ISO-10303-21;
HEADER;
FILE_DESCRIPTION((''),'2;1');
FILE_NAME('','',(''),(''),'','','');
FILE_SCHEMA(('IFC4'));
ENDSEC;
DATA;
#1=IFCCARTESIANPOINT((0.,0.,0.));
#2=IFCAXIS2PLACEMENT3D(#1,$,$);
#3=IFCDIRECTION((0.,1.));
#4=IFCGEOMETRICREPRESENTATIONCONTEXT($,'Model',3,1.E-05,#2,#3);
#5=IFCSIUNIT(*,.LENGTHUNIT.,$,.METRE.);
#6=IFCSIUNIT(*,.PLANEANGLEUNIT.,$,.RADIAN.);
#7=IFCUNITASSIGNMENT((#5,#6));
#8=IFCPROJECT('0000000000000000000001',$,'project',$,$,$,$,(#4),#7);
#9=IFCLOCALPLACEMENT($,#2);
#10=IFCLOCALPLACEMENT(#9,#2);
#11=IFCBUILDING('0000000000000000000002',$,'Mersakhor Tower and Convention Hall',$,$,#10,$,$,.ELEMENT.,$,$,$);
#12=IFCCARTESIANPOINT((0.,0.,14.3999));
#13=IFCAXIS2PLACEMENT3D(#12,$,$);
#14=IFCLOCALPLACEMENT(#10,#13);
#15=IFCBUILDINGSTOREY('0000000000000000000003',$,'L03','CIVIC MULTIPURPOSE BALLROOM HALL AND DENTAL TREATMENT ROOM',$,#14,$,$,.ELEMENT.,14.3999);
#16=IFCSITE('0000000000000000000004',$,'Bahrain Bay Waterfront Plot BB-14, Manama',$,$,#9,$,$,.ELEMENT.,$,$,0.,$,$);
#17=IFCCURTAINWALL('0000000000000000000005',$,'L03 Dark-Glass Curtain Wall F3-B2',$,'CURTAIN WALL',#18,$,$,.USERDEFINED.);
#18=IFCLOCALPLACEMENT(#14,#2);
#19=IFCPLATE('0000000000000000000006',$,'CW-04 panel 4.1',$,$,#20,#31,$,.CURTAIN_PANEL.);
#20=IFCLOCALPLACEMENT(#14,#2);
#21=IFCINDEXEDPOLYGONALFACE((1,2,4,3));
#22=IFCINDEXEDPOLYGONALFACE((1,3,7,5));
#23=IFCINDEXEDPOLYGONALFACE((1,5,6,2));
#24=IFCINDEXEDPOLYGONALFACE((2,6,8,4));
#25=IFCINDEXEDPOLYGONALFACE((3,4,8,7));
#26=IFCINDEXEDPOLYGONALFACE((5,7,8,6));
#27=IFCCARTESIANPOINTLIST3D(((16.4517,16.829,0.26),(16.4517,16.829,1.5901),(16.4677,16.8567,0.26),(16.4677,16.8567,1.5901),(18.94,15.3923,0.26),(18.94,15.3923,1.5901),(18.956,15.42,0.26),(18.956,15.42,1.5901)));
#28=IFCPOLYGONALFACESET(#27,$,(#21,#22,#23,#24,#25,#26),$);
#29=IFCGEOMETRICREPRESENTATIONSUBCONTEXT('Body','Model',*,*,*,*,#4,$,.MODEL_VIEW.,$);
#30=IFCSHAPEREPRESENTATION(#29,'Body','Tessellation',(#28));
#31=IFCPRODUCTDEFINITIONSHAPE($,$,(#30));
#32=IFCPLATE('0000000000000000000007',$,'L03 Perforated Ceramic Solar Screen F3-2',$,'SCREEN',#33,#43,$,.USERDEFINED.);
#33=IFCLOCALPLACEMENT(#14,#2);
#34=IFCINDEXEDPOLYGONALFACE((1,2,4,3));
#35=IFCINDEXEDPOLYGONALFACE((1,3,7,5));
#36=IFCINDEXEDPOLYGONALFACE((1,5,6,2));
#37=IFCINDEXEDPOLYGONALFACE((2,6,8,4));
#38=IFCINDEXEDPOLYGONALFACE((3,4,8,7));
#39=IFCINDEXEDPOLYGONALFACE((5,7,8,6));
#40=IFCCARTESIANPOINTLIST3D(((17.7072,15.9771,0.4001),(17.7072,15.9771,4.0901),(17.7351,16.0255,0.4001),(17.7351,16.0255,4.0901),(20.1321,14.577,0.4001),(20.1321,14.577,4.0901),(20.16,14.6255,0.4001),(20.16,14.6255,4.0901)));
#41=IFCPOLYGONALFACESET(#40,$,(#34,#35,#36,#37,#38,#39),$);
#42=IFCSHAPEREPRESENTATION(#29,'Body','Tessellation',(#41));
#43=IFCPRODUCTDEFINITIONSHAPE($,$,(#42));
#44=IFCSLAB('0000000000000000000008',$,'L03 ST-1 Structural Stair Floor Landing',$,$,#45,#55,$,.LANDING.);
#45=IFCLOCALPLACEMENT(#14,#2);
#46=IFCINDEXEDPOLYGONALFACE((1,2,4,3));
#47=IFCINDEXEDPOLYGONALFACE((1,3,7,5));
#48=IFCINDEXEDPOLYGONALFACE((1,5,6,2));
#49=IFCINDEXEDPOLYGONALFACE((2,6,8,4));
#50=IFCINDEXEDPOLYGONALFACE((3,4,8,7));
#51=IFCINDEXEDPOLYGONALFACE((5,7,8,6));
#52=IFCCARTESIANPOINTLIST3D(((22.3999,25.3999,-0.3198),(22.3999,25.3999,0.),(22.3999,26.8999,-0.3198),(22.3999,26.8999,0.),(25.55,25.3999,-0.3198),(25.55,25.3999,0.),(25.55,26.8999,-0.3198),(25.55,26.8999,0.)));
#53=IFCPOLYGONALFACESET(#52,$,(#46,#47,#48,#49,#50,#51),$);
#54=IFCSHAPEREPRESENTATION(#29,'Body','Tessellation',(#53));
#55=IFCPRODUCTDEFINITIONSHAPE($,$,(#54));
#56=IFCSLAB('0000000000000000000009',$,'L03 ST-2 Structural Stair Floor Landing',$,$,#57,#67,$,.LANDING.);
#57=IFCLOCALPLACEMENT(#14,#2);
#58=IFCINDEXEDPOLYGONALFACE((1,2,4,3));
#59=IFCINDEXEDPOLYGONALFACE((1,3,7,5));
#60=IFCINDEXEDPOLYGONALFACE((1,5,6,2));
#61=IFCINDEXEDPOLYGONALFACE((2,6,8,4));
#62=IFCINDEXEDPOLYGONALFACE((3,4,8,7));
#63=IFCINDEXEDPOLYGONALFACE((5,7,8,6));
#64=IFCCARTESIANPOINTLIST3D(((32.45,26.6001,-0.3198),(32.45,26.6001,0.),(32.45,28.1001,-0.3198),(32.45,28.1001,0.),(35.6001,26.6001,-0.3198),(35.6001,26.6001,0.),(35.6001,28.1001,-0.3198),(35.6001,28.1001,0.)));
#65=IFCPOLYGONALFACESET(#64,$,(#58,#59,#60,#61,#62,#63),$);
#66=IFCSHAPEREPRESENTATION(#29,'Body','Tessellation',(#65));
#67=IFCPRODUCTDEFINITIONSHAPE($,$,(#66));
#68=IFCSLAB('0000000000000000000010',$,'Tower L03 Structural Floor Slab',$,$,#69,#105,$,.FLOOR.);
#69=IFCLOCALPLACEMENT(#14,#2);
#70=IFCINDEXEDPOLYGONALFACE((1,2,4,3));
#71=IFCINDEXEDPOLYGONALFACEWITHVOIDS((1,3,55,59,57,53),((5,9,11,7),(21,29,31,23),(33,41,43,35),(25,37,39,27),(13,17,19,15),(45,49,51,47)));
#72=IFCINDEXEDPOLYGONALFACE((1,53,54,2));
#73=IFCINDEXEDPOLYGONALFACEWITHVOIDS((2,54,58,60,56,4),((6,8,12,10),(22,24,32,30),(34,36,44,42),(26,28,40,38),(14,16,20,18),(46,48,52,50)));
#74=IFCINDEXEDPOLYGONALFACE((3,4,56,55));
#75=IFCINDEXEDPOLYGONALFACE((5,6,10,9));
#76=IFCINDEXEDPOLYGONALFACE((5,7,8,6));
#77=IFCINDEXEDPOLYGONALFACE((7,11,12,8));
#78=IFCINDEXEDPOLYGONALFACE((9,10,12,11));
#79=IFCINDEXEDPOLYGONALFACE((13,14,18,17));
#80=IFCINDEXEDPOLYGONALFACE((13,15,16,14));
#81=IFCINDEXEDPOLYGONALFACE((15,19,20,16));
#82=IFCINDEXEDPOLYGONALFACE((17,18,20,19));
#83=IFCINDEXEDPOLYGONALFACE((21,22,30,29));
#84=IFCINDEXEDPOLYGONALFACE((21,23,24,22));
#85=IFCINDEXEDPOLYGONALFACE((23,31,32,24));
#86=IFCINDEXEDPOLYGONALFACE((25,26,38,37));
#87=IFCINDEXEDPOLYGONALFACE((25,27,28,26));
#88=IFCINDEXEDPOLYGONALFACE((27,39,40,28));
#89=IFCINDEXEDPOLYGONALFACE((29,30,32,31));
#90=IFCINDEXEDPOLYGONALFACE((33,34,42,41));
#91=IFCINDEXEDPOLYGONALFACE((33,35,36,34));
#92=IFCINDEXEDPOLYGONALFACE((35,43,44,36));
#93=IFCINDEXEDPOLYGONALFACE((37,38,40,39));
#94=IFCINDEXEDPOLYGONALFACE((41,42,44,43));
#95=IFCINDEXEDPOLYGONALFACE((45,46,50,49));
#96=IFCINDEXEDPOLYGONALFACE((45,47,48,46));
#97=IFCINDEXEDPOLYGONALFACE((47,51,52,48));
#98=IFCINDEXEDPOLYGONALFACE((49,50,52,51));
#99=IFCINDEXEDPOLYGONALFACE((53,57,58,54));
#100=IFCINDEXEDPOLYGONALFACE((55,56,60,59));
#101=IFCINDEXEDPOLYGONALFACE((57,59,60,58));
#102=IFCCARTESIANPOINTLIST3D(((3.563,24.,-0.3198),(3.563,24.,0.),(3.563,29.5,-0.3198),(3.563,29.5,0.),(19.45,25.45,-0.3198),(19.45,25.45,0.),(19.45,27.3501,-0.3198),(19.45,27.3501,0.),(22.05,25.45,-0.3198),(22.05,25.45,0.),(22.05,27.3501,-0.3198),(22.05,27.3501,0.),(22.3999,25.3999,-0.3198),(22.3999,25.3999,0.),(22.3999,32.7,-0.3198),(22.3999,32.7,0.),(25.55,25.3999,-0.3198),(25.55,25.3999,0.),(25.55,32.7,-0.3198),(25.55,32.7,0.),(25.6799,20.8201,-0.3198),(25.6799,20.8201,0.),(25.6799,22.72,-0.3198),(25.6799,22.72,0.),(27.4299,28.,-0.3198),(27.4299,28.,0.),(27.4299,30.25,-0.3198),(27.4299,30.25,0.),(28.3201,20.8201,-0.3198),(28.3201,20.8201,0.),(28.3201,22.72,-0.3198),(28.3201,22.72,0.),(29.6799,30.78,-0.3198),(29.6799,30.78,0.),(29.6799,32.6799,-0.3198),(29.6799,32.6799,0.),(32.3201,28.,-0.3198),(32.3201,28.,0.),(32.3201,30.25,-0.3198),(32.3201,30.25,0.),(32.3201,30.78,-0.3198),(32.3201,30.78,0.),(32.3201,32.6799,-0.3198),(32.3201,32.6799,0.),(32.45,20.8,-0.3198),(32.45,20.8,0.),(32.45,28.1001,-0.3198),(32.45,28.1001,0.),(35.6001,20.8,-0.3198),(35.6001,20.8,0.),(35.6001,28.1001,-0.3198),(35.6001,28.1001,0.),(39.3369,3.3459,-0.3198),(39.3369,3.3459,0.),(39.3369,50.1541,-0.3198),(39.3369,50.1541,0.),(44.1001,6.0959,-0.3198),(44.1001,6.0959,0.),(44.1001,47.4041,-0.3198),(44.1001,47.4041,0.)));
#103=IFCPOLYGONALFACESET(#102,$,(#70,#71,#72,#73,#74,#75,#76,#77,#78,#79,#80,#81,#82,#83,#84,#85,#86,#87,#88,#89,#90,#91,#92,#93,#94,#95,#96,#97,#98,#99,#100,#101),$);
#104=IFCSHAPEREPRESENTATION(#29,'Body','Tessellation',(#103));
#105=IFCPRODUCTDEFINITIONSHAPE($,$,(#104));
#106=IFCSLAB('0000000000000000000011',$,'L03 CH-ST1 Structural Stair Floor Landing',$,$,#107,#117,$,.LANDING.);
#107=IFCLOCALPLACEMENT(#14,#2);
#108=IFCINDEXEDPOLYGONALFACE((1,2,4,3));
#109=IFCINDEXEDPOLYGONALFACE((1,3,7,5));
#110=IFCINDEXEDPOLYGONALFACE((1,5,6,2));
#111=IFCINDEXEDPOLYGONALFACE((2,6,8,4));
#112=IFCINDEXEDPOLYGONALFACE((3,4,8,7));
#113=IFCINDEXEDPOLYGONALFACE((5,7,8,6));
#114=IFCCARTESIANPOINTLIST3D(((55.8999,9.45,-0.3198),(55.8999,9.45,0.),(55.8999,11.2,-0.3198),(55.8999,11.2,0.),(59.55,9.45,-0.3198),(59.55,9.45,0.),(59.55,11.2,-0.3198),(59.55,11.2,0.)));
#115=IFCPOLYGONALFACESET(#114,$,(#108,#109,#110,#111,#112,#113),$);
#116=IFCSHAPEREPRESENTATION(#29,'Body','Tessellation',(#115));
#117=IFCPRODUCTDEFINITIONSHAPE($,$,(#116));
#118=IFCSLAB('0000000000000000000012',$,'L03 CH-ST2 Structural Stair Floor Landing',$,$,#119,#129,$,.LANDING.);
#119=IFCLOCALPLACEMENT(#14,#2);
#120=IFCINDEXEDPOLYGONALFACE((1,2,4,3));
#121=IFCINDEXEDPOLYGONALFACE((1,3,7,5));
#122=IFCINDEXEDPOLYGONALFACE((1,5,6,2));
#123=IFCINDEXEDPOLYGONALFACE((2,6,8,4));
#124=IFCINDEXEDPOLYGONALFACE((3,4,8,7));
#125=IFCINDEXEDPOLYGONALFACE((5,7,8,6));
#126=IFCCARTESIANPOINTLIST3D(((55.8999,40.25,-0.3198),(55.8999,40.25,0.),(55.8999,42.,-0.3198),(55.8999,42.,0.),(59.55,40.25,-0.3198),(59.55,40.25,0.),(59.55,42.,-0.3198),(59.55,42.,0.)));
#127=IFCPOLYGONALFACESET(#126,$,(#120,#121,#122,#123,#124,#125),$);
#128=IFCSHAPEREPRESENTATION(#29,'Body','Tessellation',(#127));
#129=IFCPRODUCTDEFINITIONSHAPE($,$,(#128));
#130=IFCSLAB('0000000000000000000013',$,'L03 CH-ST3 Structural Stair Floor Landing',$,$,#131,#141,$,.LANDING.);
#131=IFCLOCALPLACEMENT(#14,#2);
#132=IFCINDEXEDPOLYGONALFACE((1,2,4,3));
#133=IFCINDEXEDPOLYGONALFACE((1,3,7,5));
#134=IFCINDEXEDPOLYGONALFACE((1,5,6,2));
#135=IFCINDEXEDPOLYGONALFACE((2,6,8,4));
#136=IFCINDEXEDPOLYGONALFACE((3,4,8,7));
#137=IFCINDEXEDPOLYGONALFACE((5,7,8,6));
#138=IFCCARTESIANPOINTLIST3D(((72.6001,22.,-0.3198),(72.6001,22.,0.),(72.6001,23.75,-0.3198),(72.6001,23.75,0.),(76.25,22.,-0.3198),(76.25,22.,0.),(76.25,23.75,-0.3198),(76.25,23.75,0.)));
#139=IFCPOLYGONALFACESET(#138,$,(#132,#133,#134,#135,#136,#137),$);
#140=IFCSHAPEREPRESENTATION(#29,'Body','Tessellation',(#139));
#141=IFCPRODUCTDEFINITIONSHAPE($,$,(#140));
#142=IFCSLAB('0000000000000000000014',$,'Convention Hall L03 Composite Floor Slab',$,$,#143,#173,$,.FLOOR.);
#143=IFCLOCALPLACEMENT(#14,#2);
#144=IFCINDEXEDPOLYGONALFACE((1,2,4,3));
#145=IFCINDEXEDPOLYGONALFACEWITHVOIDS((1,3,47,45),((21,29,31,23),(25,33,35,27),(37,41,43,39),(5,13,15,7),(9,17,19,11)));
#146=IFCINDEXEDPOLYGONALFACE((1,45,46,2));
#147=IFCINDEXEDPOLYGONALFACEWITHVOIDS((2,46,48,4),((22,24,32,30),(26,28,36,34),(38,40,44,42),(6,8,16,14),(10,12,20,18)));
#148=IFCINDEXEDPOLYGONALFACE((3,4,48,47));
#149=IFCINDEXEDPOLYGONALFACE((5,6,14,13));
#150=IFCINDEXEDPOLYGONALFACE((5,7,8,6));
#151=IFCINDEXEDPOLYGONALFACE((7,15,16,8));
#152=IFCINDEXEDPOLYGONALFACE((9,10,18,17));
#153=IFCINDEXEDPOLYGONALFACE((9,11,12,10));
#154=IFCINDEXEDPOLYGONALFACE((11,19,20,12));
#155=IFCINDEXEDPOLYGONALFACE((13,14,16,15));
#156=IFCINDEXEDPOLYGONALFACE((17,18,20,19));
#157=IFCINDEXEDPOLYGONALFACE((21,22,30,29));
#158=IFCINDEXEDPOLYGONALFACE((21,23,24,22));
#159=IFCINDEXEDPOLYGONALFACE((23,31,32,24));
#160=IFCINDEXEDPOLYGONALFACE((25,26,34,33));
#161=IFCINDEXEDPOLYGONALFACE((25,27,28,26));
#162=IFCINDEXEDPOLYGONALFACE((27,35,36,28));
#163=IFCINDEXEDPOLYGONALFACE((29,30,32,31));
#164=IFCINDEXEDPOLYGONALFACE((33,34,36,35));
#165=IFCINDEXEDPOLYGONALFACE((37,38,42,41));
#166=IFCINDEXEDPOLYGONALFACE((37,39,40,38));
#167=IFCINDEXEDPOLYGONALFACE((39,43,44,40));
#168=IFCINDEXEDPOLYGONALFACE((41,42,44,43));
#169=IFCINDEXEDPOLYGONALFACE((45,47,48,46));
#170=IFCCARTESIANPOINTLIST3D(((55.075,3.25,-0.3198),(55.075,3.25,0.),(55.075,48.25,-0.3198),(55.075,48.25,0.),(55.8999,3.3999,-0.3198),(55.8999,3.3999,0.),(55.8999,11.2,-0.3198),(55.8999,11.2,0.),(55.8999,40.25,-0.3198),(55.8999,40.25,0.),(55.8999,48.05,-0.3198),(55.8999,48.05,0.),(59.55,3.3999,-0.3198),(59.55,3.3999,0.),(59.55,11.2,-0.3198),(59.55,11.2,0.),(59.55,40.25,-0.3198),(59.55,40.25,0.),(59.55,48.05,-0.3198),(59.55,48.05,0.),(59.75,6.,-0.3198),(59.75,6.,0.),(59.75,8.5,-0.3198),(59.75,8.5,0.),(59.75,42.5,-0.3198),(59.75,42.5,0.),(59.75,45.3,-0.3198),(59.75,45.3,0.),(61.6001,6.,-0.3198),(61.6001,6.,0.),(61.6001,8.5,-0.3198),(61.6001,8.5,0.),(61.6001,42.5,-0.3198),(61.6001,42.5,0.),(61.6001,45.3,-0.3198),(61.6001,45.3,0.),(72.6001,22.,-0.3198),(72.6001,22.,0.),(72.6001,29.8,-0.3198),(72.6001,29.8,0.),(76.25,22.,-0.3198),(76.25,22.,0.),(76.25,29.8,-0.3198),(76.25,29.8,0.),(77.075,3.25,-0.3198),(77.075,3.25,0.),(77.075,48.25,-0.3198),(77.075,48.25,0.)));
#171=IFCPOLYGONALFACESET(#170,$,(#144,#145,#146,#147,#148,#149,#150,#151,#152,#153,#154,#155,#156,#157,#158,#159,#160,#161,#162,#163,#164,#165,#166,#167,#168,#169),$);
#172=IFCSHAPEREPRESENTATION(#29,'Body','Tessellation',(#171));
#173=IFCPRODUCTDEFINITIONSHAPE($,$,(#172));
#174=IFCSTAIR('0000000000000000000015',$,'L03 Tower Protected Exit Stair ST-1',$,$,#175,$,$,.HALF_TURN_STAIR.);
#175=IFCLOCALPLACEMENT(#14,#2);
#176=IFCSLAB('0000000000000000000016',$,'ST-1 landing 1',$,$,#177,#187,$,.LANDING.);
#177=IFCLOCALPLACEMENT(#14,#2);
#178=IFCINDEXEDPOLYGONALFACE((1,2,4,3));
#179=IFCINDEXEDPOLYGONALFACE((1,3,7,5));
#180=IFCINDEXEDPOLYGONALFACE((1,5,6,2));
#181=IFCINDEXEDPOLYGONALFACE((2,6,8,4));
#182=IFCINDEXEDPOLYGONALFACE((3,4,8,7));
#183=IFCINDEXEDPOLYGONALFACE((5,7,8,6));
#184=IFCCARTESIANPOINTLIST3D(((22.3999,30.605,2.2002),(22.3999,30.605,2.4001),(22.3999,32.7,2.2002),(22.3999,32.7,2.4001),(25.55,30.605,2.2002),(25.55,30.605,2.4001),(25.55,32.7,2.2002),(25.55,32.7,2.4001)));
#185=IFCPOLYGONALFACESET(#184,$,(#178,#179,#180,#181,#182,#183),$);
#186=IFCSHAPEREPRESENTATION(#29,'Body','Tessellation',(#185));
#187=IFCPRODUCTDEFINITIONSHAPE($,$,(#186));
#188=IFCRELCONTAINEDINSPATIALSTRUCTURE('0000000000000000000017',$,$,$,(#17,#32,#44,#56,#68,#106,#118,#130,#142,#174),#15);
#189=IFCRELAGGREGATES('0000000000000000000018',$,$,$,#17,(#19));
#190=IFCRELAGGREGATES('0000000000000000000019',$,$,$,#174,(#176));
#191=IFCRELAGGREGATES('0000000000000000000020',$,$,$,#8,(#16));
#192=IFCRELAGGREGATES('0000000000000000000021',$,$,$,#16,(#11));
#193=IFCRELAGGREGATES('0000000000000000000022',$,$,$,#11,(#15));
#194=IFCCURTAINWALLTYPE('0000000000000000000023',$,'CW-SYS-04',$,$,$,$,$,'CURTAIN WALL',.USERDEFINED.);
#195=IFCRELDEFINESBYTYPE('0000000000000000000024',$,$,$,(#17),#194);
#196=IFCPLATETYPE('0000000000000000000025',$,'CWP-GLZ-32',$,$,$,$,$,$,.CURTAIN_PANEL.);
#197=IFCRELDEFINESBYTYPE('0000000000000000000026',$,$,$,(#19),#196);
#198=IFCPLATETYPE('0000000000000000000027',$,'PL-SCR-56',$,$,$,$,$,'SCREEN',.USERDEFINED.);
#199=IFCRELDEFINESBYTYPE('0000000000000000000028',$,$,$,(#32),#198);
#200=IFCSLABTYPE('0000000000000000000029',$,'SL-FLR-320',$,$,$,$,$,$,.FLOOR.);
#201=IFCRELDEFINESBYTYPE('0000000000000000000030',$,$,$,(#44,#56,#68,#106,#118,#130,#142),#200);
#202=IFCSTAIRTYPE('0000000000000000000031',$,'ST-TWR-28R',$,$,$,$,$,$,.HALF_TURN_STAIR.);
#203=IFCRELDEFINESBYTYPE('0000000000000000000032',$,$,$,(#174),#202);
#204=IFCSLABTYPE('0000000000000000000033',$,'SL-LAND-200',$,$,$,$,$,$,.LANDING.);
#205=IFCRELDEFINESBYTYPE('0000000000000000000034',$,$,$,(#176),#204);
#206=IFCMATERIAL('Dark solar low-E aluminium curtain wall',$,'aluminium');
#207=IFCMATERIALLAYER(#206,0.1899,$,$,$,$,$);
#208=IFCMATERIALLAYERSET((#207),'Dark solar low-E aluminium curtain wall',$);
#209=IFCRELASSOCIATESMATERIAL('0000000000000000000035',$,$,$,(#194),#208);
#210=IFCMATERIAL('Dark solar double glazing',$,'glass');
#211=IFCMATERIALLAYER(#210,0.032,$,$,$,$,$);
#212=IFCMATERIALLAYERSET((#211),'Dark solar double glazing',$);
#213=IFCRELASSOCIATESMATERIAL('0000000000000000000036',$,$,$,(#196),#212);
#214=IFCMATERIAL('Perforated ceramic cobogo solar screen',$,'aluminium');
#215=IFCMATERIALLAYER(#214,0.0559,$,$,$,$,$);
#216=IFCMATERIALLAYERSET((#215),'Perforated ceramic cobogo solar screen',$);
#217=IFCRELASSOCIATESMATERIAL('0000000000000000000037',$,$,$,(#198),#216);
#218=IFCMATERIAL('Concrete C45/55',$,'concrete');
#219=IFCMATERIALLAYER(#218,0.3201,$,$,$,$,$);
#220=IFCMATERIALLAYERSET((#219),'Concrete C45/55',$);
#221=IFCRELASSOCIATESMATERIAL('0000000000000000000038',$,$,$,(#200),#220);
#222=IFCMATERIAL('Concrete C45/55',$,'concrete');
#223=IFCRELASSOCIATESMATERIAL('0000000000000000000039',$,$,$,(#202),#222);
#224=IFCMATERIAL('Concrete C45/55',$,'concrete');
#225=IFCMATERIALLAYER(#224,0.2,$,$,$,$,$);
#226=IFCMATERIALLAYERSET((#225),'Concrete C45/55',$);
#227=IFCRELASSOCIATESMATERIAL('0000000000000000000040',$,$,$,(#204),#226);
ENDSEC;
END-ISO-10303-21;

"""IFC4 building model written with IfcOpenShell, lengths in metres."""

from ifc_helpers import new_model, si_unit, direction, frame, origin, origin_2d, place, context, subcontext, project, spatial, polyline, rectangle, outline, extrude, material, layer, layer_set, type_object, element, aggregate, save


model = new_model("IFC4")

# Units and contexts
model_context = context("Model", 3, precision=1e-05, world=origin(), true_north=direction((0.0, 1.0)))
body_context = subcontext(model_context, "Body", "Model", "MODEL_VIEW")
ifc_project = project(units=[si_unit("LENGTHUNIT", "METRE"), si_unit("PLANEANGLEUNIT", "RADIAN")], contexts=[model_context])

# Site, building, storey
site_placement = place(None, origin())
site = spatial("IfcSite", under=ifc_project, at=site_placement, Name="Bahrain Bay Waterfront Plot BB-14, Manama", CompositionType="ELEMENT", RefElevation=0.0)
building_placement = place(site_placement, origin())
building = spatial("IfcBuilding", under=site, at=building_placement, Name="Mersakhor Tower and Convention Hall", CompositionType="ELEMENT")
storey_placement = place(building_placement, frame((0.0, 0.0, 14.3999)))
storey = spatial("IfcBuildingStorey", under=building, at=storey_placement, Name="L03", Description="CIVIC MULTIPURPOSE BALLROOM HALL AND DENTAL TREATMENT ROOM", CompositionType="ELEMENT", Elevation=14.3999)

# Curtain wall, plate
ifc_material_1 = material(Name="Dark solar low-E aluminium curtain wall", Category="aluminium")
ifc_layer_1 = layer(ifc_material_1, 0.1899)
ifc_layer_set_1 = layer_set([ifc_layer_1], Name="Dark solar low-E aluminium curtain wall")
curtain_wall_type = type_object("IfcCurtainWallType", Name="CW-SYS-04", ElementType="CURTAIN WALL", PredefinedType="USERDEFINED", material=ifc_layer_set_1)
curtain_wall_placement = place(storey_placement, origin())
curtain_wall = element("IfcCurtainWall", 1, at=curtain_wall_placement, inside=storey, type_object=curtain_wall_type, Name="L03 Dark-Glass Curtain Wall F3-B2", ObjectType="CURTAIN WALL", PredefinedType="USERDEFINED")
ifc_material_2 = material(Name="Dark solar double glazing", Category="glass")
ifc_layer_2 = layer(ifc_material_2, 0.032)
ifc_layer_set_2 = layer_set([ifc_layer_2], Name="Dark solar double glazing")
plate_type_1 = type_object("IfcPlateType", Name="CWP-GLZ-32", PredefinedType="CURTAIN_PANEL", material=ifc_layer_set_2)
plate_1_placement = place(storey_placement, frame((17.7039, 16.1245, 0.26), z_axis=(0.0, 0.0, 1.0), x_axis=(-0.866023, 0.500003, 0.0)))
plate_1 = element("IfcPlate", 2, at=plate_1_placement, type_object=plate_type_1, Name="CW-04 panel 4.1", PredefinedType="CURTAIN_PANEL", context=body_context, shape_type="SweptSolid", body=[
    extrude(rectangle(XDim=2.8733, YDim=0.032, at=origin_2d()), origin(), (0.0, 0.0, 1.0), 1.3301),
])
aggregate(curtain_wall, [plate_1])

# Plate
ifc_material_3 = material(Name="Perforated ceramic cobogo solar screen", Category="aluminium")
ifc_layer_3 = layer(ifc_material_3, 0.0559)
ifc_layer_set_3 = layer_set([ifc_layer_3], Name="Perforated ceramic cobogo solar screen")
plate_type_2 = type_object("IfcPlateType", Name="PL-SCR-56", ElementType="SCREEN", PredefinedType="USERDEFINED", material=ifc_layer_set_3)
plate_2_placement = place(storey_placement, frame((18.9336, 15.3013, 0.4001), z_axis=(0.0, 0.0, 1.0), x_axis=(-0.866025, 0.5, 0.0)))
element("IfcPlate", 3, at=plate_2_placement, inside=storey, type_object=plate_type_2, Name="L03 Perforated Ceramic Solar Screen F3-2", ObjectType="SCREEN", PredefinedType="USERDEFINED", context=body_context, shape_type="SweptSolid", body=[
    extrude(rectangle(XDim=2.8, YDim=0.0559, at=origin_2d()), origin(), (0.0, 0.0, 1.0), 3.6899),
])

# Slabs
ifc_material_4 = material(Name="Concrete C45/55", Category="concrete")
ifc_layer_4 = layer(ifc_material_4, 0.3201)
ifc_layer_set_4 = layer_set([ifc_layer_4], Name="Concrete C45/55")
slab_type_1 = type_object("IfcSlabType", Name="SL-FLR-320", PredefinedType="FLOOR", material=ifc_layer_set_4)
slab_1_placement = place(storey_placement, frame((0.0, 0.0, -0.3198)))
element("IfcSlab", 4, at=slab_1_placement, inside=storey, type_object=slab_type_1, Name="L03 ST-1 Structural Stair Floor Landing", PredefinedType="LANDING", context=body_context, shape_type="SweptSolid", body=[
    extrude(outline(polyline([(25.55, 25.3999), (25.55, 26.8999), (22.3999, 26.8999), (22.3999, 25.3999), (25.55, 25.3999)])), origin(), (0.0, 0.0, 1.0), 0.3198),
])
slab_2_placement = place(storey_placement, frame((0.0, 0.0, -0.3198)))
element("IfcSlab", 5, at=slab_2_placement, inside=storey, type_object=slab_type_1, Name="L03 ST-2 Structural Stair Floor Landing", PredefinedType="LANDING", context=body_context, shape_type="SweptSolid", body=[
    extrude(outline(polyline([(32.45, 28.1001), (32.45, 26.6001), (35.6001, 26.6001), (35.6001, 28.1001), (32.45, 28.1001)])), origin(), (0.0, 0.0, 1.0), 0.3198),
])
slab_3_placement = place(storey_placement, frame((0.0, 0.0, -0.3198)))
element("IfcSlab", 6, at=slab_3_placement, inside=storey, type_object=slab_type_1, Name="Tower L03 Structural Floor Slab", PredefinedType="FLOOR", context=body_context, shape_type="SweptSolid", body=[
    extrude(outline(polyline([(3.563, 29.5), (39.3369, 50.1541), (44.1001, 47.4041), (44.1001, 6.0959), (39.3369, 3.3459), (3.563, 24.0), (3.563, 29.5)]), holes=[polyline([(25.55, 25.3999), (25.55, 32.7), (22.3999, 32.7), (22.3999, 25.3999), (25.55, 25.3999)]), polyline([(32.45, 28.1001), (32.45, 20.8), (35.6001, 20.8), (35.6001, 28.1001), (32.45, 28.1001)]), polyline([(25.6799, 20.8201), (25.6799, 22.72), (28.3201, 22.72), (28.3201, 20.8201), (25.6799, 20.8201)]), polyline([(29.6799, 30.78), (29.6799, 32.6799), (32.3201, 32.6799), (32.3201, 30.78), (29.6799, 30.78)]), polyline([(27.4299, 28.0), (27.4299, 30.25), (32.3201, 30.25), (32.3201, 28.0), (27.4299, 28.0)]), polyline([(19.45, 25.45), (19.45, 27.3501), (22.05, 27.3501), (22.05, 25.45), (19.45, 25.45)])]), origin(), (0.0, 0.0, 1.0), 0.3198),
])
slab_4_placement = place(storey_placement, frame((0.0, 0.0, -0.3198)))
element("IfcSlab", 7, at=slab_4_placement, inside=storey, type_object=slab_type_1, Name="L03 CH-ST1 Structural Stair Floor Landing", PredefinedType="LANDING", context=body_context, shape_type="SweptSolid", body=[
    extrude(outline(polyline([(55.8999, 11.2), (55.8999, 9.45), (59.55, 9.45), (59.55, 11.2), (55.8999, 11.2)])), origin(), (0.0, 0.0, 1.0), 0.3198),
])
slab_5_placement = place(storey_placement, frame((0.0, 0.0, -0.3198)))
element("IfcSlab", 8, at=slab_5_placement, inside=storey, type_object=slab_type_1, Name="L03 CH-ST2 Structural Stair Floor Landing", PredefinedType="LANDING", context=body_context, shape_type="SweptSolid", body=[
    extrude(outline(polyline([(59.55, 40.25), (59.55, 42.0), (55.8999, 42.0), (55.8999, 40.25), (59.55, 40.25)])), origin(), (0.0, 0.0, 1.0), 0.3198),
])
slab_6_placement = place(storey_placement, frame((0.0, 0.0, -0.3198)))
element("IfcSlab", 9, at=slab_6_placement, inside=storey, type_object=slab_type_1, Name="L03 CH-ST3 Structural Stair Floor Landing", PredefinedType="LANDING", context=body_context, shape_type="SweptSolid", body=[
    extrude(outline(polyline([(76.25, 22.0), (76.25, 23.75), (72.6001, 23.75), (72.6001, 22.0), (76.25, 22.0)])), origin(), (0.0, 0.0, 1.0), 0.3198),
])
slab_7_placement = place(storey_placement, frame((0.0, 0.0, -0.3198)))
element("IfcSlab", 10, at=slab_7_placement, inside=storey, type_object=slab_type_1, Name="Convention Hall L03 Composite Floor Slab", PredefinedType="FLOOR", context=body_context, shape_type="SweptSolid", body=[
    extrude(outline(polyline([(55.075, 3.25), (55.075, 48.25), (77.075, 48.25), (77.075, 3.25), (55.075, 3.25)]), holes=[polyline([(55.8999, 11.2), (55.8999, 3.3999), (59.55, 3.3999), (59.55, 11.2), (55.8999, 11.2)]), polyline([(59.55, 40.25), (59.55, 48.05), (55.8999, 48.05), (55.8999, 40.25), (59.55, 40.25)]), polyline([(76.25, 22.0), (76.25, 29.8), (72.6001, 29.8), (72.6001, 22.0), (76.25, 22.0)]), polyline([(59.75, 6.0), (59.75, 8.5), (61.6001, 8.5), (61.6001, 6.0), (59.75, 6.0)]), polyline([(59.75, 42.5), (59.75, 45.3), (61.6001, 45.3), (61.6001, 42.5), (59.75, 42.5)])]), origin(), (0.0, 0.0, 1.0), 0.3198),
])

# Stair, slab
ifc_material_5 = material(Name="Concrete C45/55", Category="concrete")
stair_type = type_object("IfcStairType", Name="ST-TWR-28R", PredefinedType="HALF_TURN_STAIR", material=ifc_material_5)
stair_1_placement = place(storey_placement, origin())
stair_1 = element("IfcStair", 11, at=stair_1_placement, inside=storey, type_object=stair_type, Name="L03 Tower Protected Exit Stair ST-1", PredefinedType="HALF_TURN_STAIR")
ifc_material_6 = material(Name="Concrete C45/55", Category="concrete")
ifc_layer_5 = layer(ifc_material_6, 0.2)
ifc_layer_set_5 = layer_set([ifc_layer_5], Name="Concrete C45/55")
slab_type_2 = type_object("IfcSlabType", Name="SL-LAND-200", PredefinedType="LANDING", material=ifc_layer_set_5)
slab_8_placement = place(storey_placement, frame((0.0, 0.0, 2.2002)))
slab_8 = element("IfcSlab", 12, at=slab_8_placement, type_object=slab_type_2, Name="ST-1 landing 1", PredefinedType="LANDING", context=body_context, shape_type="SweptSolid", body=[
    extrude(outline(polyline([(25.55, 30.605), (25.55, 32.7), (22.3999, 32.7), (22.3999, 30.605), (25.55, 30.605)])), origin(), (0.0, 0.0, 1.0), 0.2),
])
aggregate(stair_1, [slab_8])

save(model, "model.ifc")
